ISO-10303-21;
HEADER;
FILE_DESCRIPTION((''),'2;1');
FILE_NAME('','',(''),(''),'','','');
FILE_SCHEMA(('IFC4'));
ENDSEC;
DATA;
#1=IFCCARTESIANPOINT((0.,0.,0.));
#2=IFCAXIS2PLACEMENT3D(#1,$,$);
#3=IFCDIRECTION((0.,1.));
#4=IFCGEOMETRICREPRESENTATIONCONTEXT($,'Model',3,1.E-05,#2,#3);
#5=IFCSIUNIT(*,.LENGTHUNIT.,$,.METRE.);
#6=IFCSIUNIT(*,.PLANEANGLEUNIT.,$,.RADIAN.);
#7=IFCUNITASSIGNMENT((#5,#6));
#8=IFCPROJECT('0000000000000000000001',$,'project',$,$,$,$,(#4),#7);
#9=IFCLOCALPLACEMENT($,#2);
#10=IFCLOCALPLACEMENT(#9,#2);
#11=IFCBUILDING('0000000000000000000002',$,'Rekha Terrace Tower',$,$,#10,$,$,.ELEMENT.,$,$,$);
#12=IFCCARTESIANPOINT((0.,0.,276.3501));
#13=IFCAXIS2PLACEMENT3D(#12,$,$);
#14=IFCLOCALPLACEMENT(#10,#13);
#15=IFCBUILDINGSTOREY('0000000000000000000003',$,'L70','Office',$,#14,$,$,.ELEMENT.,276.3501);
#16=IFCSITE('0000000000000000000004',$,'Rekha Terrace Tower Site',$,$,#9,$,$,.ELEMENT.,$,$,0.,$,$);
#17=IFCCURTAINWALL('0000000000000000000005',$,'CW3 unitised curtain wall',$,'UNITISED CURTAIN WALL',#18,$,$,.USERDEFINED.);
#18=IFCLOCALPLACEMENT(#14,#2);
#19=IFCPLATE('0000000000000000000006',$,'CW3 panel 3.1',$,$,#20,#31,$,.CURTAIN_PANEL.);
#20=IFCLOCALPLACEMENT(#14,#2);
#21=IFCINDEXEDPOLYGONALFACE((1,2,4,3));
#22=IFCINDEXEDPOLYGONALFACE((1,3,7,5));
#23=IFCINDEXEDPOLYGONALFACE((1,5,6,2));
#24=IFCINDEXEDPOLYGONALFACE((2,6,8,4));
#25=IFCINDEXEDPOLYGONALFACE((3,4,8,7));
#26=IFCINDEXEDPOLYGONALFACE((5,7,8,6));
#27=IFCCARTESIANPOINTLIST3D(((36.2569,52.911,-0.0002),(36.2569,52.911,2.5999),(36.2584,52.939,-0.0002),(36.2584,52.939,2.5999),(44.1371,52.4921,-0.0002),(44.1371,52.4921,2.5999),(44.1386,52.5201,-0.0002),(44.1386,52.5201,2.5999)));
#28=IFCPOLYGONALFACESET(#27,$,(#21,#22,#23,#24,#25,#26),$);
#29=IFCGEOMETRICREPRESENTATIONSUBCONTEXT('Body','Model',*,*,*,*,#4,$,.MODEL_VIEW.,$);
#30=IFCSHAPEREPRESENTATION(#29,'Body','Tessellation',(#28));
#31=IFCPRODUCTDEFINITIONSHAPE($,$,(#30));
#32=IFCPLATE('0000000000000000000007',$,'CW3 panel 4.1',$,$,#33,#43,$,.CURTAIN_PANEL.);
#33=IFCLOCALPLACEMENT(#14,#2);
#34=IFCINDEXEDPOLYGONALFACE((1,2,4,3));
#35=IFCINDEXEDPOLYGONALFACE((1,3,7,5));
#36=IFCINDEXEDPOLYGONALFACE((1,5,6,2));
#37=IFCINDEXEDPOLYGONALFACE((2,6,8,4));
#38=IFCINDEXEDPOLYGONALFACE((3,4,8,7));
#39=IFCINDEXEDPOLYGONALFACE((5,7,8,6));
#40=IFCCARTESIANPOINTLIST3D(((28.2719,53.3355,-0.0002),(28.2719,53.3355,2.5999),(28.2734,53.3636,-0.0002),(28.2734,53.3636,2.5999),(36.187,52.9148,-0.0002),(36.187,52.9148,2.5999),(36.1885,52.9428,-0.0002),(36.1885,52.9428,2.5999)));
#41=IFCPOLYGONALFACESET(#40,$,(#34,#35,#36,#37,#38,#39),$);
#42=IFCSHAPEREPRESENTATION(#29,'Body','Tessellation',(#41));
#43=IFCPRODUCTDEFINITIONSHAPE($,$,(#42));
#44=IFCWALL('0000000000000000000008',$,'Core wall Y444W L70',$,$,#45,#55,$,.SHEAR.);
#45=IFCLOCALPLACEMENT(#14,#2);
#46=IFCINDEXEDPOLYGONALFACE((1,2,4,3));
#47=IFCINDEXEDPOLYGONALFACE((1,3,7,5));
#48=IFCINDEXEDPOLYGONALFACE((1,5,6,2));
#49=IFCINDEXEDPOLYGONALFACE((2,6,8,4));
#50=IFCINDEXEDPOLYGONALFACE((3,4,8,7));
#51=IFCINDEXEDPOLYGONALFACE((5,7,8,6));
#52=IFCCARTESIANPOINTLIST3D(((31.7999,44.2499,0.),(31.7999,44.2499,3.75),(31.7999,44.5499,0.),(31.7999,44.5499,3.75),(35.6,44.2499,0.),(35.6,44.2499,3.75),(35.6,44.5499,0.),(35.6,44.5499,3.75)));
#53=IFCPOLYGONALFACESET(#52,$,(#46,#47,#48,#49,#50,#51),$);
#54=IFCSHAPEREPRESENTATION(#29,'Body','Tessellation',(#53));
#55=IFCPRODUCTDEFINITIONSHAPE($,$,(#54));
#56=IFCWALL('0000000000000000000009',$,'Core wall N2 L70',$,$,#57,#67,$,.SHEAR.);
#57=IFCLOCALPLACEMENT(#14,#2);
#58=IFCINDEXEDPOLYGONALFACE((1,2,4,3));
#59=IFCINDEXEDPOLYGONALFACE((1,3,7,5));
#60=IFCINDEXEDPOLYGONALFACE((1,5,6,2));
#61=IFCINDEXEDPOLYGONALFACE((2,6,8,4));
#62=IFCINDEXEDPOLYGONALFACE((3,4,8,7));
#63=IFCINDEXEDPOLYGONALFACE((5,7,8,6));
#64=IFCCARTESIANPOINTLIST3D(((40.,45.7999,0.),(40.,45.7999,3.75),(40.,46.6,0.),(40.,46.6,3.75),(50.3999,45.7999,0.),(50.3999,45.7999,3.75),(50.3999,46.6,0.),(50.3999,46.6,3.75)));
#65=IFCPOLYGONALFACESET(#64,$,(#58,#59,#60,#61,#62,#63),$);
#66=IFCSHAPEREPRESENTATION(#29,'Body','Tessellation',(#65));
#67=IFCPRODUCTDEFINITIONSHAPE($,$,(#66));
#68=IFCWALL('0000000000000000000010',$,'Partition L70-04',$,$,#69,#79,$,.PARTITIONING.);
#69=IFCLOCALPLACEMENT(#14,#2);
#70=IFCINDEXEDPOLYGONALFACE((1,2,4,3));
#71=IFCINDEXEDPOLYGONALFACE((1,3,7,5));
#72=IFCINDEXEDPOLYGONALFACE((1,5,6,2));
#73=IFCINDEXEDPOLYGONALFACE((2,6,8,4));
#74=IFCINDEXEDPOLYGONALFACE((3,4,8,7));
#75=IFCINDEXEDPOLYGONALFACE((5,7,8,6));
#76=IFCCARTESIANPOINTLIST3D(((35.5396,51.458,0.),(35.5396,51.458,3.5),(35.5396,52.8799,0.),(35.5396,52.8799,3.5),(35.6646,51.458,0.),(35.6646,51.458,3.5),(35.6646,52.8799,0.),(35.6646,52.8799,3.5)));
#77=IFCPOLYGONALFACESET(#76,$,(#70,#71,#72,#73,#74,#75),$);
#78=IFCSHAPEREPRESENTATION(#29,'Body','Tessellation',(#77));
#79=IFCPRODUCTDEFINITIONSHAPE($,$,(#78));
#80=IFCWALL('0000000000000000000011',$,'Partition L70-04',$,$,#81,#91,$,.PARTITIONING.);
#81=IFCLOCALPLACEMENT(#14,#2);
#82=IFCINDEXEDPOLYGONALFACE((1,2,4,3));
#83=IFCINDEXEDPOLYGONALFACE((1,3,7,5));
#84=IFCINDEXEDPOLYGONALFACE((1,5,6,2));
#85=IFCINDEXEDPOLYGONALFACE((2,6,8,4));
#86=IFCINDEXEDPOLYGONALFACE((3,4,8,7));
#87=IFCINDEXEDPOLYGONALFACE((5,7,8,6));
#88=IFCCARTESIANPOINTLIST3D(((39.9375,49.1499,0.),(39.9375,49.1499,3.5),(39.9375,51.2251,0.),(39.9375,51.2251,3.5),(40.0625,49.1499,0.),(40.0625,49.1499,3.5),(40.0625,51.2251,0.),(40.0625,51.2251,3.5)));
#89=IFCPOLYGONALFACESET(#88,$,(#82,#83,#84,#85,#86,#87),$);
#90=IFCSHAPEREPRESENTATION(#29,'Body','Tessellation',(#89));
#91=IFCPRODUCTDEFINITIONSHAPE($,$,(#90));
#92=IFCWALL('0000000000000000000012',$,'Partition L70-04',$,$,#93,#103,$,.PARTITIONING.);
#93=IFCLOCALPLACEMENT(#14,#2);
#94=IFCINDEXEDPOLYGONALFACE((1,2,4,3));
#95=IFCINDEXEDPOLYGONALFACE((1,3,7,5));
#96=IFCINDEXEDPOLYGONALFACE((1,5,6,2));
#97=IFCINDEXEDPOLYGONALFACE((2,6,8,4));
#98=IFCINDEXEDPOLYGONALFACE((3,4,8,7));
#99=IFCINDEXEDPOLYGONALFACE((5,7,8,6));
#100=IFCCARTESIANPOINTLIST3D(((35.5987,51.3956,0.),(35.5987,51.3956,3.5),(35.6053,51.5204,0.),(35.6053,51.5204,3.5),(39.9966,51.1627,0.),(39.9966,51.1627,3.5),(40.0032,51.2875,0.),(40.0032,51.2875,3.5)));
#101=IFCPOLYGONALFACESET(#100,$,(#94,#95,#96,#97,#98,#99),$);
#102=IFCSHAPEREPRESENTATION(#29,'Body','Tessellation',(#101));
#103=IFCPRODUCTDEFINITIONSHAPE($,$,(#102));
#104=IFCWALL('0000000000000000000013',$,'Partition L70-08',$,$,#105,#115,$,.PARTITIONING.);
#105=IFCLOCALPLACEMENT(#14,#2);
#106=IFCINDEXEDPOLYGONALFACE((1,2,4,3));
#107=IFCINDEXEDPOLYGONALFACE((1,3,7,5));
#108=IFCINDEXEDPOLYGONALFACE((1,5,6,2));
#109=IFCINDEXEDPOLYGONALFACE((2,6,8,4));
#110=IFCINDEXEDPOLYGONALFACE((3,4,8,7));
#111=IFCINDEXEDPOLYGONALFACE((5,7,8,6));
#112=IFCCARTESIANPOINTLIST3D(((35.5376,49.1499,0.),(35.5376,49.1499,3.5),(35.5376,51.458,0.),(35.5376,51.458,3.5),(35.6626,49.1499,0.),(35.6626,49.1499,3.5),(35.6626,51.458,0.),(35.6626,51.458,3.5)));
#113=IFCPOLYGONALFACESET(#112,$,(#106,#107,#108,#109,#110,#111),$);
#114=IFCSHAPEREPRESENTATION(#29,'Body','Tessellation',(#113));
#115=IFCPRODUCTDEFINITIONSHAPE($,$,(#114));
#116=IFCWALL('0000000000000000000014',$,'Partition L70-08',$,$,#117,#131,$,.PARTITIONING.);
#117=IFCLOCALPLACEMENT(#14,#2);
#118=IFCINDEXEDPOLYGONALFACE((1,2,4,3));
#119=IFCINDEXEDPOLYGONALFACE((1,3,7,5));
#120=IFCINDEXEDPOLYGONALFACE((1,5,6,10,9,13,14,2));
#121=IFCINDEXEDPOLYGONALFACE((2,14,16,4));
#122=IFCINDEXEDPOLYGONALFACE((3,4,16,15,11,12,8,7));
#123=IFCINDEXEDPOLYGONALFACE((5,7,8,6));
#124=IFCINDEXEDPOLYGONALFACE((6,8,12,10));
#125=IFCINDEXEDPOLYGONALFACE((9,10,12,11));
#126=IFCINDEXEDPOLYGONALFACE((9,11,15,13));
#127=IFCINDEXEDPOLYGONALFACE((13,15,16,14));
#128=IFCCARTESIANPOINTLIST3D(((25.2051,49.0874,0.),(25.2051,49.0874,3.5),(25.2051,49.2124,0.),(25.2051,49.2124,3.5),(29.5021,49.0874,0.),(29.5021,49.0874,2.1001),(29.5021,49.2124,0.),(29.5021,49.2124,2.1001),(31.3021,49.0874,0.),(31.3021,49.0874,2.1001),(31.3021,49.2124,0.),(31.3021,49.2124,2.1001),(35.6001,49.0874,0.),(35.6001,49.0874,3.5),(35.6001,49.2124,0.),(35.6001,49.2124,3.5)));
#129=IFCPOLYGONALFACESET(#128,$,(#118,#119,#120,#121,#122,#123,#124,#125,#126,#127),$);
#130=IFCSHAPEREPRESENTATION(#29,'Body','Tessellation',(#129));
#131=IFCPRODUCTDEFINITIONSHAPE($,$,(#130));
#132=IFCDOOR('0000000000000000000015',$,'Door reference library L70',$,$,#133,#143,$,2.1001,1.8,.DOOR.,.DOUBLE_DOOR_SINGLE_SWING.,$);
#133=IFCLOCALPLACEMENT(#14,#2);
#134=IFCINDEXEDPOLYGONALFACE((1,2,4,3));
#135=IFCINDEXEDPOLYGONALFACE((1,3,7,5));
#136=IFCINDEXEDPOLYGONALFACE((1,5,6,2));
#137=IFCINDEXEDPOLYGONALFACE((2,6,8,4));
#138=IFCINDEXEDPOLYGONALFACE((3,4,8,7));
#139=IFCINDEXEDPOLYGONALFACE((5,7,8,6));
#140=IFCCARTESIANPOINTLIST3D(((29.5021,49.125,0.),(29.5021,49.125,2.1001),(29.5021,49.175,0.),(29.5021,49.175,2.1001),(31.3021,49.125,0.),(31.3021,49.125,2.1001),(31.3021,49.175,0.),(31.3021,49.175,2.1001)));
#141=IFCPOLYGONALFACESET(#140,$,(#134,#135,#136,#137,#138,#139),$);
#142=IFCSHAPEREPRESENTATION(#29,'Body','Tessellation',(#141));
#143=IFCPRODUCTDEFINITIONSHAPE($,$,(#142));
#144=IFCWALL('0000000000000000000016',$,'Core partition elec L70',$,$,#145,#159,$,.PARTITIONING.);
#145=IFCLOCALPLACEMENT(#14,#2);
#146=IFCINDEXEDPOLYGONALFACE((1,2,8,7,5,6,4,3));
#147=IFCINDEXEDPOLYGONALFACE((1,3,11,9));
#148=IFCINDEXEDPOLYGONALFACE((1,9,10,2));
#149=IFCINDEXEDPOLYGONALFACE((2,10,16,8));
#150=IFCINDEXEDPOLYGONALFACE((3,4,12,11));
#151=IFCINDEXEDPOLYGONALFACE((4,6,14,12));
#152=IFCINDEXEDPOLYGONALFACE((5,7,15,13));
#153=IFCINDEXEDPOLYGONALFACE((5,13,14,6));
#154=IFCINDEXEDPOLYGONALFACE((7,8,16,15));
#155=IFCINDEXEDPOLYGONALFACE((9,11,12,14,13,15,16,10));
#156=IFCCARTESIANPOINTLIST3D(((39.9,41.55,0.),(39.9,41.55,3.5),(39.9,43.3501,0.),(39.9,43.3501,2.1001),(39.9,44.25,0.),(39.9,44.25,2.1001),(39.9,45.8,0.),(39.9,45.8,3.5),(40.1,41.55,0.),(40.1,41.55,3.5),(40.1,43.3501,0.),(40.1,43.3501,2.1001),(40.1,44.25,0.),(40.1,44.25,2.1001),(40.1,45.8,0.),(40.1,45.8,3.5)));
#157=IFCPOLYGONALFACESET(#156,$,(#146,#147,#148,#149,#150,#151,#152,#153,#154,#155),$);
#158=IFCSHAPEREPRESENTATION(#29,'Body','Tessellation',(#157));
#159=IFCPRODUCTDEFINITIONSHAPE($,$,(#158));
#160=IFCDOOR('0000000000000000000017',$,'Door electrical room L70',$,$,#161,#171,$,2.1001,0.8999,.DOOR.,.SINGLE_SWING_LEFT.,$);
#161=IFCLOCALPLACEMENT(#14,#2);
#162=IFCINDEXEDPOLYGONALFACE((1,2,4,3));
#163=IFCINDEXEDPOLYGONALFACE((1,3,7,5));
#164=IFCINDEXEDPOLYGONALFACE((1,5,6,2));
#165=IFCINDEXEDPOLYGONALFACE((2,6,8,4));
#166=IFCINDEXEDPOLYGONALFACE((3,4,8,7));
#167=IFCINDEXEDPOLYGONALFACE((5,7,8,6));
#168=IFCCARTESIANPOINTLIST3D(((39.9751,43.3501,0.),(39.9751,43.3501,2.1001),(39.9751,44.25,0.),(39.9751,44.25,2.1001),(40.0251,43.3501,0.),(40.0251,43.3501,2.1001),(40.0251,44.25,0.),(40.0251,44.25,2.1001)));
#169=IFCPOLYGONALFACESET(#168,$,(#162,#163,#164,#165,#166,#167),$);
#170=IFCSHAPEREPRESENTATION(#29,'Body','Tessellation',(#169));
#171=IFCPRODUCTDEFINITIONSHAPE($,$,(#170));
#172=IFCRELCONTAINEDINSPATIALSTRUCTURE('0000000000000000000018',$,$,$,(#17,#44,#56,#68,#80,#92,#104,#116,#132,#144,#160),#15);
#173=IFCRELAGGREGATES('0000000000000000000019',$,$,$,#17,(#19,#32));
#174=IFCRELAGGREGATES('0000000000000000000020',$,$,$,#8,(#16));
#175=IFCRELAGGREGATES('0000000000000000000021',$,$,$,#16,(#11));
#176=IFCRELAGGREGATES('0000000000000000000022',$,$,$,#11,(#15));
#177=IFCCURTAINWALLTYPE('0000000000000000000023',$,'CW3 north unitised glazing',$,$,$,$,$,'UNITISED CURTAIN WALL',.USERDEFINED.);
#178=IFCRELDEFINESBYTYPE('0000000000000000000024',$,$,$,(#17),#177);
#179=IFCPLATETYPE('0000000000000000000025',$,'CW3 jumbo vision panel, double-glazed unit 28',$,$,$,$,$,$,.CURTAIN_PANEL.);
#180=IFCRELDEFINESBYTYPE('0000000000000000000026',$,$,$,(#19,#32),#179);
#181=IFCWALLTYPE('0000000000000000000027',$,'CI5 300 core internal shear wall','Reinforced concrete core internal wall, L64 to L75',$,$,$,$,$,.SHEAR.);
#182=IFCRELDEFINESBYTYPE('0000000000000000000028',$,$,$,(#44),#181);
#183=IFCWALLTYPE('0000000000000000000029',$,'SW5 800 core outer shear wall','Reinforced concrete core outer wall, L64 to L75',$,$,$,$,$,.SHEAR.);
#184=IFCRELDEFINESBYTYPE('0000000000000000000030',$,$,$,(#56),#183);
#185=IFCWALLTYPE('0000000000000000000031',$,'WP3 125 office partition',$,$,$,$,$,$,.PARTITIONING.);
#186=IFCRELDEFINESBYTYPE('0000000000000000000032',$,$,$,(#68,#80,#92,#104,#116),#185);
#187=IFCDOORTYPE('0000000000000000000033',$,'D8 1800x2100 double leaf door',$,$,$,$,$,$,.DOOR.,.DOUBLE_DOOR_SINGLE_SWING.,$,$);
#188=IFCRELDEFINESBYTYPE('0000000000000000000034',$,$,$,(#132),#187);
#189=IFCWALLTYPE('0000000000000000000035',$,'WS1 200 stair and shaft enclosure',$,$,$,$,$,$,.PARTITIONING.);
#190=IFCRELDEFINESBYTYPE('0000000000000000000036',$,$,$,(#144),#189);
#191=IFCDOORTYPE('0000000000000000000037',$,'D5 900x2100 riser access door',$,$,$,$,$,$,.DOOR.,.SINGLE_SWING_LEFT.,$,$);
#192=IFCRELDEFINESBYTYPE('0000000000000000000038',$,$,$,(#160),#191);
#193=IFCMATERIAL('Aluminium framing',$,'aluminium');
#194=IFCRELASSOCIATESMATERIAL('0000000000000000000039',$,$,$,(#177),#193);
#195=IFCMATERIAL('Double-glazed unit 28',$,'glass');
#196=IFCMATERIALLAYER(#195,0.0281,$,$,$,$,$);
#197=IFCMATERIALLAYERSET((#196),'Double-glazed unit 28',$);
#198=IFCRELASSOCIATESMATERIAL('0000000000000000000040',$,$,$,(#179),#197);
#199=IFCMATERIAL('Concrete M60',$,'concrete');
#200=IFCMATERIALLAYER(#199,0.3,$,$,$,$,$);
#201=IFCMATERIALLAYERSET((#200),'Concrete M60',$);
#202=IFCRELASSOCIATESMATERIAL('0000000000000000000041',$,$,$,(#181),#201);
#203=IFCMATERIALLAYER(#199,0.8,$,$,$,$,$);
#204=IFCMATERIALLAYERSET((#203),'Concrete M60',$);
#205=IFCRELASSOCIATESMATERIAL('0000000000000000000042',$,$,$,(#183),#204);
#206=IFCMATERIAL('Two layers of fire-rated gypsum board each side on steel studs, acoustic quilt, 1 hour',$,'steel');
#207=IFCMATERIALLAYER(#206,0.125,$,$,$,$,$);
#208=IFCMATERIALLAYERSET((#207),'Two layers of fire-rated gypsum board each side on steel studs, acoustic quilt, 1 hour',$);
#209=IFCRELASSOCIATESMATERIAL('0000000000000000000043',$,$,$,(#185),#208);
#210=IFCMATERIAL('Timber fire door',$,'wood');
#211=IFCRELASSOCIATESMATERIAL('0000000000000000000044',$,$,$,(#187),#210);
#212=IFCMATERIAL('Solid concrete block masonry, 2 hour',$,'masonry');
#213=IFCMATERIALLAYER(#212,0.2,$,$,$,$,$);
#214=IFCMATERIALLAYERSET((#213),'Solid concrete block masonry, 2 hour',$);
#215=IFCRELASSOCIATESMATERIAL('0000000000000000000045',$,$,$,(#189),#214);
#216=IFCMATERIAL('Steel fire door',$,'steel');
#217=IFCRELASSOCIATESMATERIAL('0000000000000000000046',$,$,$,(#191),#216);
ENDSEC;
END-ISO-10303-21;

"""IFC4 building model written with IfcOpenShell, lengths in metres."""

from ifc_helpers import new_model, si_unit, direction, frame, frame_2d, origin, origin_2d, place, context, subcontext, project, spatial, rectangle, extrude, material, layer, layer_set, type_object, element, fill, aggregate, save


model = new_model("IFC4")

# Units and contexts
model_context = context("Model", 3, precision=1e-05, world=origin(), true_north=direction((0.0, 1.0)))
body_context = subcontext(model_context, "Body", "Model", "MODEL_VIEW")
ifc_project = project(units=[si_unit("LENGTHUNIT", "METRE"), si_unit("PLANEANGLEUNIT", "RADIAN")], contexts=[model_context])

# Site, building, storey
site_placement = place(None, origin())
site = spatial("IfcSite", under=ifc_project, at=site_placement, Name="Rekha Terrace Tower Site", CompositionType="ELEMENT", RefElevation=0.0)
building_placement = place(site_placement, origin())
building = spatial("IfcBuilding", under=site, at=building_placement, Name="Rekha Terrace Tower", CompositionType="ELEMENT")
storey_placement = place(building_placement, frame((0.0, 0.0, 276.3501)))
storey = spatial("IfcBuildingStorey", under=building, at=storey_placement, Name="L70", Description="Office", CompositionType="ELEMENT", Elevation=276.3501)

# Shared definitions
ifc_material_1 = material(Name="Concrete M60", Category="concrete")

# Curtain wall
ifc_material_2 = material(Name="Aluminium framing", Category="aluminium")
curtain_wall_type = type_object("IfcCurtainWallType", Name="CW3 north unitised glazing", ElementType="UNITISED CURTAIN WALL", PredefinedType="USERDEFINED", material=ifc_material_2)
curtain_wall_placement = place(storey_placement, origin())
curtain_wall = element("IfcCurtainWall", 1, at=curtain_wall_placement, inside=storey, type_object=curtain_wall_type, Name="CW3 unitised curtain wall", ObjectType="UNITISED CURTAIN WALL", PredefinedType="USERDEFINED")

# Plates
ifc_material_3 = material(Name="Double-glazed unit 28", Category="glass")
ifc_layer_1 = layer(ifc_material_3, 0.0281)
ifc_layer_set_1 = layer_set([ifc_layer_1], Name="Double-glazed unit 28")
plate_type = type_object("IfcPlateType", Name="CW3 jumbo vision panel, double-glazed unit 28", PredefinedType="CURTAIN_PANEL", material=ifc_layer_set_1)
plate_1_placement = place(storey_placement, frame((40.1978, 52.7156, -0.0002), z_axis=(0.0, 0.0, 1.0), x_axis=(-0.99859, 0.053083, 0.0)))
plate_1 = element("IfcPlate", 2, at=plate_1_placement, type_object=plate_type, Name="CW3 panel 3.1", PredefinedType="CURTAIN_PANEL", context=body_context, shape_type="SweptSolid", body=[
    extrude(rectangle(XDim=7.8914, YDim=0.0281, at=origin_2d()), origin(), (0.0, 0.0, 1.0), 2.6001),
])
plate_2_placement = place(storey_placement, frame((32.2302, 53.1392, -0.0002), z_axis=(0.0, 0.0, 1.0), x_axis=(-0.99859, 0.053083, 0.0)))
plate_2 = element("IfcPlate", 3, at=plate_2_placement, type_object=plate_type, Name="CW3 panel 4.1", PredefinedType="CURTAIN_PANEL", context=body_context, shape_type="SweptSolid", body=[
    extrude(rectangle(XDim=7.9263, YDim=0.0281, at=origin_2d()), origin(), (0.0, 0.0, 1.0), 2.6001),
])
aggregate(curtain_wall, [plate_1, plate_2])

# Walls
ifc_layer_2 = layer(ifc_material_1, 0.3)
ifc_layer_set_2 = layer_set([ifc_layer_2], Name="Concrete M60")
wall_type_1 = type_object("IfcWallType", Name="CI5 300 core internal shear wall", Description="Reinforced concrete core internal wall, L64 to L75", PredefinedType="SHEAR", material=ifc_layer_set_2)
wall_1_placement = place(storey_placement, frame((31.8, 44.3999, 0.0), z_axis=(0.0, 0.0, 1.0), x_axis=(1.0, 0.0, 0.0)))
element("IfcWall", 4, at=wall_1_placement, inside=storey, type_object=wall_type_1, Name="Core wall Y444W L70", PredefinedType="SHEAR", context=body_context, shape_type="SweptSolid", body=[
    extrude(rectangle(XDim=3.8, YDim=0.3, at=frame_2d((1.8999, 0.0))), origin(), (0.0, 0.0, 1.0), 3.75),
])
ifc_layer_3 = layer(ifc_material_1, 0.8)
ifc_layer_set_3 = layer_set([ifc_layer_3], Name="Concrete M60")
wall_type_2 = type_object("IfcWallType", Name="SW5 800 core outer shear wall", Description="Reinforced concrete core outer wall, L64 to L75", PredefinedType="SHEAR", material=ifc_layer_set_3)
wall_2_placement = place(storey_placement, frame((40.0, 46.2, 0.0), z_axis=(0.0, 0.0, 1.0), x_axis=(1.0, 0.0, 0.0)))
element("IfcWall", 5, at=wall_2_placement, inside=storey, type_object=wall_type_2, Name="Core wall N2 L70", PredefinedType="SHEAR", context=body_context, shape_type="SweptSolid", body=[
    extrude(rectangle(XDim=10.3999, YDim=0.8, at=frame_2d((5.2, 0.0))), origin(), (0.0, 0.0, 1.0), 3.75),
])
ifc_material_4 = material(Name="Two layers of fire-rated gypsum board each side on steel studs, acoustic quilt, 1 hour", Category="steel")
ifc_layer_4 = layer(ifc_material_4, 0.125)
ifc_layer_set_4 = layer_set([ifc_layer_4], Name="Two layers of fire-rated gypsum board each side on steel studs, acoustic quilt, 1 hour")
wall_type_3 = type_object("IfcWallType", Name="WP3 125 office partition", PredefinedType="PARTITIONING", material=ifc_layer_set_4)
wall_3_placement = place(storey_placement, frame((35.6021, 51.458, 0.0), z_axis=(0.0, 0.0, 1.0), x_axis=(0.0, 1.0, 0.0)))
element("IfcWall", 6, at=wall_3_placement, inside=storey, type_object=wall_type_3, Name="Partition L70-04", PredefinedType="PARTITIONING", context=body_context, shape_type="SweptSolid", body=[
    extrude(rectangle(XDim=1.4219, YDim=0.125, at=frame_2d((0.7109, 0.0))), origin(), (0.0, 0.0, 1.0), 3.5),
])
wall_4_placement = place(storey_placement, frame((40.0, 49.1499, 0.0), z_axis=(0.0, 0.0, 1.0), x_axis=(0.0, 1.0, 0.0)))
element("IfcWall", 7, at=wall_4_placement, inside=storey, type_object=wall_type_3, Name="Partition L70-04", PredefinedType="PARTITIONING", context=body_context, shape_type="SweptSolid", body=[
    extrude(rectangle(XDim=2.0752, YDim=0.125, at=frame_2d((1.0376, 0.0))), origin(), (0.0, 0.0, 1.0), 3.5),
])
wall_5_placement = place(storey_placement, frame((40.0, 51.2251, 0.0), z_axis=(0.0, 0.0, 1.0), x_axis=(-0.998601, 0.052885, 0.0)))
element("IfcWall", 8, at=wall_5_placement, inside=storey, type_object=wall_type_3, Name="Partition L70-04", PredefinedType="PARTITIONING", context=body_context, shape_type="SweptSolid", body=[
    extrude(rectangle(XDim=4.4041, YDim=0.125, at=frame_2d((2.2021, 0.0))), origin(), (0.0, 0.0, 1.0), 3.5),
])
wall_6_placement = place(storey_placement, frame((35.6001, 51.458, 0.0), z_axis=(0.0, 0.0, 1.0), x_axis=(0.0, -1.0, 0.0)))
element("IfcWall", 9, at=wall_6_placement, inside=storey, type_object=wall_type_3, Name="Partition L70-08", PredefinedType="PARTITIONING", context=body_context, shape_type="SweptSolid", body=[
    extrude(rectangle(XDim=2.3081, YDim=0.125, at=frame_2d((1.1541, 0.0))), origin(), (0.0, 0.0, 1.0), 3.5),
])

# Walls, openings, doors
wall_7_placement = place(storey_placement, frame((35.6001, 49.1499, 0.0), z_axis=(0.0, 0.0, 1.0), x_axis=(-1.0, 0.0, 0.0)))
wall_7 = element("IfcWall", 10, at=wall_7_placement, inside=storey, type_object=wall_type_3, Name="Partition L70-08", PredefinedType="PARTITIONING", context=body_context, shape_type="SweptSolid", body=[
    extrude(rectangle(XDim=10.395, YDim=0.125, at=frame_2d((5.1975, 0.0))), origin(), (0.0, 0.0, 1.0), 3.5),
])
opening_1_placement = place(wall_7_placement, frame((4.2981, 0.0, 0.0)))
opening_1 = element("IfcOpeningElement", 11, at=opening_1_placement, cuts=wall_7, PredefinedType="OPENING", context=body_context, shape_type="SweptSolid", body=[
    extrude(rectangle(XDim=1.8, YDim=2.1001, at=frame_2d((0.8999, 1.05))), frame((0.0, 0.0725, 0.0), z_axis=(0.0, -1.0, 0.0), x_axis=(1.0, 0.0, 0.0)), (0.0, 0.0, 1.0), 0.145),
])
ifc_material_5 = material(Name="Timber fire door", Category="wood")
door_type_1 = type_object("IfcDoorType", Name="D8 1800x2100 double leaf door", OperationType="DOUBLE_DOOR_SINGLE_SWING", PredefinedType="DOOR", material=ifc_material_5)
door_1_placement = place(opening_1_placement, origin())
door_1 = element("IfcDoor", 12, at=door_1_placement, inside=storey, type_object=door_type_1, Name="Door reference library L70", OperationType="DOUBLE_DOOR_SINGLE_SWING", OverallHeight=2.1001, OverallWidth=1.8, PredefinedType="DOOR", context=body_context, shape_type="SweptSolid", body=[
    extrude(rectangle(XDim=1.8, YDim=2.1001, at=frame_2d((0.8999, 1.05))), frame((0.0, 0.0249, 0.0), z_axis=(0.0, -1.0, 0.0), x_axis=(1.0, 0.0, 0.0)), (0.0, 0.0, 1.0), 0.05),
])
fill(opening_1, door_1)
ifc_material_6 = material(Name="Solid concrete block masonry, 2 hour", Category="masonry")
ifc_layer_5 = layer(ifc_material_6, 0.2)
ifc_layer_set_5 = layer_set([ifc_layer_5], Name="Solid concrete block masonry, 2 hour")
wall_type_4 = type_object("IfcWallType", Name="WS1 200 stair and shaft enclosure", PredefinedType="PARTITIONING", material=ifc_layer_set_5)
wall_8_placement = place(storey_placement, frame((40.0, 41.55, 0.0), z_axis=(0.0, 0.0, 1.0), x_axis=(0.0, 1.0, 0.0)))
wall_8 = element("IfcWall", 13, at=wall_8_placement, inside=storey, type_object=wall_type_4, Name="Core partition elec L70", PredefinedType="PARTITIONING", context=body_context, shape_type="SweptSolid", body=[
    extrude(rectangle(XDim=4.25, YDim=0.2, at=frame_2d((2.125, 0.0))), origin(), (0.0, 0.0, 1.0), 3.5),
])
opening_2_placement = place(wall_8_placement, frame((1.8, 0.0, 0.0)))
opening_2 = element("IfcOpeningElement", 14, at=opening_2_placement, cuts=wall_8, PredefinedType="OPENING", context=body_context, shape_type="SweptSolid", body=[
    extrude(rectangle(XDim=0.8999, YDim=2.1001, at=frame_2d((0.45, 1.05))), frame((0.0, 0.1099, 0.0), z_axis=(0.0, -1.0, 0.0), x_axis=(1.0, 0.0, 0.0)), (0.0, 0.0, 1.0), 0.22),
])
ifc_material_7 = material(Name="Steel fire door", Category="steel")
door_type_2 = type_object("IfcDoorType", Name="D5 900x2100 riser access door", OperationType="SINGLE_SWING_LEFT", PredefinedType="DOOR", material=ifc_material_7)
door_2_placement = place(opening_2_placement, origin())
door_2 = element("IfcDoor", 15, at=door_2_placement, inside=storey, type_object=door_type_2, Name="Door electrical room L70", OperationType="SINGLE_SWING_LEFT", OverallHeight=2.1001, OverallWidth=0.8999, PredefinedType="DOOR", context=body_context, shape_type="SweptSolid", body=[
    extrude(rectangle(XDim=0.8999, YDim=2.1001, at=frame_2d((0.45, 1.05))), frame((0.0, 0.0249, 0.0), z_axis=(0.0, -1.0, 0.0), x_axis=(1.0, 0.0, 0.0)), (0.0, 0.0, 1.0), 0.05),
])
fill(opening_2, door_2)

save(model, "model.ifc")
